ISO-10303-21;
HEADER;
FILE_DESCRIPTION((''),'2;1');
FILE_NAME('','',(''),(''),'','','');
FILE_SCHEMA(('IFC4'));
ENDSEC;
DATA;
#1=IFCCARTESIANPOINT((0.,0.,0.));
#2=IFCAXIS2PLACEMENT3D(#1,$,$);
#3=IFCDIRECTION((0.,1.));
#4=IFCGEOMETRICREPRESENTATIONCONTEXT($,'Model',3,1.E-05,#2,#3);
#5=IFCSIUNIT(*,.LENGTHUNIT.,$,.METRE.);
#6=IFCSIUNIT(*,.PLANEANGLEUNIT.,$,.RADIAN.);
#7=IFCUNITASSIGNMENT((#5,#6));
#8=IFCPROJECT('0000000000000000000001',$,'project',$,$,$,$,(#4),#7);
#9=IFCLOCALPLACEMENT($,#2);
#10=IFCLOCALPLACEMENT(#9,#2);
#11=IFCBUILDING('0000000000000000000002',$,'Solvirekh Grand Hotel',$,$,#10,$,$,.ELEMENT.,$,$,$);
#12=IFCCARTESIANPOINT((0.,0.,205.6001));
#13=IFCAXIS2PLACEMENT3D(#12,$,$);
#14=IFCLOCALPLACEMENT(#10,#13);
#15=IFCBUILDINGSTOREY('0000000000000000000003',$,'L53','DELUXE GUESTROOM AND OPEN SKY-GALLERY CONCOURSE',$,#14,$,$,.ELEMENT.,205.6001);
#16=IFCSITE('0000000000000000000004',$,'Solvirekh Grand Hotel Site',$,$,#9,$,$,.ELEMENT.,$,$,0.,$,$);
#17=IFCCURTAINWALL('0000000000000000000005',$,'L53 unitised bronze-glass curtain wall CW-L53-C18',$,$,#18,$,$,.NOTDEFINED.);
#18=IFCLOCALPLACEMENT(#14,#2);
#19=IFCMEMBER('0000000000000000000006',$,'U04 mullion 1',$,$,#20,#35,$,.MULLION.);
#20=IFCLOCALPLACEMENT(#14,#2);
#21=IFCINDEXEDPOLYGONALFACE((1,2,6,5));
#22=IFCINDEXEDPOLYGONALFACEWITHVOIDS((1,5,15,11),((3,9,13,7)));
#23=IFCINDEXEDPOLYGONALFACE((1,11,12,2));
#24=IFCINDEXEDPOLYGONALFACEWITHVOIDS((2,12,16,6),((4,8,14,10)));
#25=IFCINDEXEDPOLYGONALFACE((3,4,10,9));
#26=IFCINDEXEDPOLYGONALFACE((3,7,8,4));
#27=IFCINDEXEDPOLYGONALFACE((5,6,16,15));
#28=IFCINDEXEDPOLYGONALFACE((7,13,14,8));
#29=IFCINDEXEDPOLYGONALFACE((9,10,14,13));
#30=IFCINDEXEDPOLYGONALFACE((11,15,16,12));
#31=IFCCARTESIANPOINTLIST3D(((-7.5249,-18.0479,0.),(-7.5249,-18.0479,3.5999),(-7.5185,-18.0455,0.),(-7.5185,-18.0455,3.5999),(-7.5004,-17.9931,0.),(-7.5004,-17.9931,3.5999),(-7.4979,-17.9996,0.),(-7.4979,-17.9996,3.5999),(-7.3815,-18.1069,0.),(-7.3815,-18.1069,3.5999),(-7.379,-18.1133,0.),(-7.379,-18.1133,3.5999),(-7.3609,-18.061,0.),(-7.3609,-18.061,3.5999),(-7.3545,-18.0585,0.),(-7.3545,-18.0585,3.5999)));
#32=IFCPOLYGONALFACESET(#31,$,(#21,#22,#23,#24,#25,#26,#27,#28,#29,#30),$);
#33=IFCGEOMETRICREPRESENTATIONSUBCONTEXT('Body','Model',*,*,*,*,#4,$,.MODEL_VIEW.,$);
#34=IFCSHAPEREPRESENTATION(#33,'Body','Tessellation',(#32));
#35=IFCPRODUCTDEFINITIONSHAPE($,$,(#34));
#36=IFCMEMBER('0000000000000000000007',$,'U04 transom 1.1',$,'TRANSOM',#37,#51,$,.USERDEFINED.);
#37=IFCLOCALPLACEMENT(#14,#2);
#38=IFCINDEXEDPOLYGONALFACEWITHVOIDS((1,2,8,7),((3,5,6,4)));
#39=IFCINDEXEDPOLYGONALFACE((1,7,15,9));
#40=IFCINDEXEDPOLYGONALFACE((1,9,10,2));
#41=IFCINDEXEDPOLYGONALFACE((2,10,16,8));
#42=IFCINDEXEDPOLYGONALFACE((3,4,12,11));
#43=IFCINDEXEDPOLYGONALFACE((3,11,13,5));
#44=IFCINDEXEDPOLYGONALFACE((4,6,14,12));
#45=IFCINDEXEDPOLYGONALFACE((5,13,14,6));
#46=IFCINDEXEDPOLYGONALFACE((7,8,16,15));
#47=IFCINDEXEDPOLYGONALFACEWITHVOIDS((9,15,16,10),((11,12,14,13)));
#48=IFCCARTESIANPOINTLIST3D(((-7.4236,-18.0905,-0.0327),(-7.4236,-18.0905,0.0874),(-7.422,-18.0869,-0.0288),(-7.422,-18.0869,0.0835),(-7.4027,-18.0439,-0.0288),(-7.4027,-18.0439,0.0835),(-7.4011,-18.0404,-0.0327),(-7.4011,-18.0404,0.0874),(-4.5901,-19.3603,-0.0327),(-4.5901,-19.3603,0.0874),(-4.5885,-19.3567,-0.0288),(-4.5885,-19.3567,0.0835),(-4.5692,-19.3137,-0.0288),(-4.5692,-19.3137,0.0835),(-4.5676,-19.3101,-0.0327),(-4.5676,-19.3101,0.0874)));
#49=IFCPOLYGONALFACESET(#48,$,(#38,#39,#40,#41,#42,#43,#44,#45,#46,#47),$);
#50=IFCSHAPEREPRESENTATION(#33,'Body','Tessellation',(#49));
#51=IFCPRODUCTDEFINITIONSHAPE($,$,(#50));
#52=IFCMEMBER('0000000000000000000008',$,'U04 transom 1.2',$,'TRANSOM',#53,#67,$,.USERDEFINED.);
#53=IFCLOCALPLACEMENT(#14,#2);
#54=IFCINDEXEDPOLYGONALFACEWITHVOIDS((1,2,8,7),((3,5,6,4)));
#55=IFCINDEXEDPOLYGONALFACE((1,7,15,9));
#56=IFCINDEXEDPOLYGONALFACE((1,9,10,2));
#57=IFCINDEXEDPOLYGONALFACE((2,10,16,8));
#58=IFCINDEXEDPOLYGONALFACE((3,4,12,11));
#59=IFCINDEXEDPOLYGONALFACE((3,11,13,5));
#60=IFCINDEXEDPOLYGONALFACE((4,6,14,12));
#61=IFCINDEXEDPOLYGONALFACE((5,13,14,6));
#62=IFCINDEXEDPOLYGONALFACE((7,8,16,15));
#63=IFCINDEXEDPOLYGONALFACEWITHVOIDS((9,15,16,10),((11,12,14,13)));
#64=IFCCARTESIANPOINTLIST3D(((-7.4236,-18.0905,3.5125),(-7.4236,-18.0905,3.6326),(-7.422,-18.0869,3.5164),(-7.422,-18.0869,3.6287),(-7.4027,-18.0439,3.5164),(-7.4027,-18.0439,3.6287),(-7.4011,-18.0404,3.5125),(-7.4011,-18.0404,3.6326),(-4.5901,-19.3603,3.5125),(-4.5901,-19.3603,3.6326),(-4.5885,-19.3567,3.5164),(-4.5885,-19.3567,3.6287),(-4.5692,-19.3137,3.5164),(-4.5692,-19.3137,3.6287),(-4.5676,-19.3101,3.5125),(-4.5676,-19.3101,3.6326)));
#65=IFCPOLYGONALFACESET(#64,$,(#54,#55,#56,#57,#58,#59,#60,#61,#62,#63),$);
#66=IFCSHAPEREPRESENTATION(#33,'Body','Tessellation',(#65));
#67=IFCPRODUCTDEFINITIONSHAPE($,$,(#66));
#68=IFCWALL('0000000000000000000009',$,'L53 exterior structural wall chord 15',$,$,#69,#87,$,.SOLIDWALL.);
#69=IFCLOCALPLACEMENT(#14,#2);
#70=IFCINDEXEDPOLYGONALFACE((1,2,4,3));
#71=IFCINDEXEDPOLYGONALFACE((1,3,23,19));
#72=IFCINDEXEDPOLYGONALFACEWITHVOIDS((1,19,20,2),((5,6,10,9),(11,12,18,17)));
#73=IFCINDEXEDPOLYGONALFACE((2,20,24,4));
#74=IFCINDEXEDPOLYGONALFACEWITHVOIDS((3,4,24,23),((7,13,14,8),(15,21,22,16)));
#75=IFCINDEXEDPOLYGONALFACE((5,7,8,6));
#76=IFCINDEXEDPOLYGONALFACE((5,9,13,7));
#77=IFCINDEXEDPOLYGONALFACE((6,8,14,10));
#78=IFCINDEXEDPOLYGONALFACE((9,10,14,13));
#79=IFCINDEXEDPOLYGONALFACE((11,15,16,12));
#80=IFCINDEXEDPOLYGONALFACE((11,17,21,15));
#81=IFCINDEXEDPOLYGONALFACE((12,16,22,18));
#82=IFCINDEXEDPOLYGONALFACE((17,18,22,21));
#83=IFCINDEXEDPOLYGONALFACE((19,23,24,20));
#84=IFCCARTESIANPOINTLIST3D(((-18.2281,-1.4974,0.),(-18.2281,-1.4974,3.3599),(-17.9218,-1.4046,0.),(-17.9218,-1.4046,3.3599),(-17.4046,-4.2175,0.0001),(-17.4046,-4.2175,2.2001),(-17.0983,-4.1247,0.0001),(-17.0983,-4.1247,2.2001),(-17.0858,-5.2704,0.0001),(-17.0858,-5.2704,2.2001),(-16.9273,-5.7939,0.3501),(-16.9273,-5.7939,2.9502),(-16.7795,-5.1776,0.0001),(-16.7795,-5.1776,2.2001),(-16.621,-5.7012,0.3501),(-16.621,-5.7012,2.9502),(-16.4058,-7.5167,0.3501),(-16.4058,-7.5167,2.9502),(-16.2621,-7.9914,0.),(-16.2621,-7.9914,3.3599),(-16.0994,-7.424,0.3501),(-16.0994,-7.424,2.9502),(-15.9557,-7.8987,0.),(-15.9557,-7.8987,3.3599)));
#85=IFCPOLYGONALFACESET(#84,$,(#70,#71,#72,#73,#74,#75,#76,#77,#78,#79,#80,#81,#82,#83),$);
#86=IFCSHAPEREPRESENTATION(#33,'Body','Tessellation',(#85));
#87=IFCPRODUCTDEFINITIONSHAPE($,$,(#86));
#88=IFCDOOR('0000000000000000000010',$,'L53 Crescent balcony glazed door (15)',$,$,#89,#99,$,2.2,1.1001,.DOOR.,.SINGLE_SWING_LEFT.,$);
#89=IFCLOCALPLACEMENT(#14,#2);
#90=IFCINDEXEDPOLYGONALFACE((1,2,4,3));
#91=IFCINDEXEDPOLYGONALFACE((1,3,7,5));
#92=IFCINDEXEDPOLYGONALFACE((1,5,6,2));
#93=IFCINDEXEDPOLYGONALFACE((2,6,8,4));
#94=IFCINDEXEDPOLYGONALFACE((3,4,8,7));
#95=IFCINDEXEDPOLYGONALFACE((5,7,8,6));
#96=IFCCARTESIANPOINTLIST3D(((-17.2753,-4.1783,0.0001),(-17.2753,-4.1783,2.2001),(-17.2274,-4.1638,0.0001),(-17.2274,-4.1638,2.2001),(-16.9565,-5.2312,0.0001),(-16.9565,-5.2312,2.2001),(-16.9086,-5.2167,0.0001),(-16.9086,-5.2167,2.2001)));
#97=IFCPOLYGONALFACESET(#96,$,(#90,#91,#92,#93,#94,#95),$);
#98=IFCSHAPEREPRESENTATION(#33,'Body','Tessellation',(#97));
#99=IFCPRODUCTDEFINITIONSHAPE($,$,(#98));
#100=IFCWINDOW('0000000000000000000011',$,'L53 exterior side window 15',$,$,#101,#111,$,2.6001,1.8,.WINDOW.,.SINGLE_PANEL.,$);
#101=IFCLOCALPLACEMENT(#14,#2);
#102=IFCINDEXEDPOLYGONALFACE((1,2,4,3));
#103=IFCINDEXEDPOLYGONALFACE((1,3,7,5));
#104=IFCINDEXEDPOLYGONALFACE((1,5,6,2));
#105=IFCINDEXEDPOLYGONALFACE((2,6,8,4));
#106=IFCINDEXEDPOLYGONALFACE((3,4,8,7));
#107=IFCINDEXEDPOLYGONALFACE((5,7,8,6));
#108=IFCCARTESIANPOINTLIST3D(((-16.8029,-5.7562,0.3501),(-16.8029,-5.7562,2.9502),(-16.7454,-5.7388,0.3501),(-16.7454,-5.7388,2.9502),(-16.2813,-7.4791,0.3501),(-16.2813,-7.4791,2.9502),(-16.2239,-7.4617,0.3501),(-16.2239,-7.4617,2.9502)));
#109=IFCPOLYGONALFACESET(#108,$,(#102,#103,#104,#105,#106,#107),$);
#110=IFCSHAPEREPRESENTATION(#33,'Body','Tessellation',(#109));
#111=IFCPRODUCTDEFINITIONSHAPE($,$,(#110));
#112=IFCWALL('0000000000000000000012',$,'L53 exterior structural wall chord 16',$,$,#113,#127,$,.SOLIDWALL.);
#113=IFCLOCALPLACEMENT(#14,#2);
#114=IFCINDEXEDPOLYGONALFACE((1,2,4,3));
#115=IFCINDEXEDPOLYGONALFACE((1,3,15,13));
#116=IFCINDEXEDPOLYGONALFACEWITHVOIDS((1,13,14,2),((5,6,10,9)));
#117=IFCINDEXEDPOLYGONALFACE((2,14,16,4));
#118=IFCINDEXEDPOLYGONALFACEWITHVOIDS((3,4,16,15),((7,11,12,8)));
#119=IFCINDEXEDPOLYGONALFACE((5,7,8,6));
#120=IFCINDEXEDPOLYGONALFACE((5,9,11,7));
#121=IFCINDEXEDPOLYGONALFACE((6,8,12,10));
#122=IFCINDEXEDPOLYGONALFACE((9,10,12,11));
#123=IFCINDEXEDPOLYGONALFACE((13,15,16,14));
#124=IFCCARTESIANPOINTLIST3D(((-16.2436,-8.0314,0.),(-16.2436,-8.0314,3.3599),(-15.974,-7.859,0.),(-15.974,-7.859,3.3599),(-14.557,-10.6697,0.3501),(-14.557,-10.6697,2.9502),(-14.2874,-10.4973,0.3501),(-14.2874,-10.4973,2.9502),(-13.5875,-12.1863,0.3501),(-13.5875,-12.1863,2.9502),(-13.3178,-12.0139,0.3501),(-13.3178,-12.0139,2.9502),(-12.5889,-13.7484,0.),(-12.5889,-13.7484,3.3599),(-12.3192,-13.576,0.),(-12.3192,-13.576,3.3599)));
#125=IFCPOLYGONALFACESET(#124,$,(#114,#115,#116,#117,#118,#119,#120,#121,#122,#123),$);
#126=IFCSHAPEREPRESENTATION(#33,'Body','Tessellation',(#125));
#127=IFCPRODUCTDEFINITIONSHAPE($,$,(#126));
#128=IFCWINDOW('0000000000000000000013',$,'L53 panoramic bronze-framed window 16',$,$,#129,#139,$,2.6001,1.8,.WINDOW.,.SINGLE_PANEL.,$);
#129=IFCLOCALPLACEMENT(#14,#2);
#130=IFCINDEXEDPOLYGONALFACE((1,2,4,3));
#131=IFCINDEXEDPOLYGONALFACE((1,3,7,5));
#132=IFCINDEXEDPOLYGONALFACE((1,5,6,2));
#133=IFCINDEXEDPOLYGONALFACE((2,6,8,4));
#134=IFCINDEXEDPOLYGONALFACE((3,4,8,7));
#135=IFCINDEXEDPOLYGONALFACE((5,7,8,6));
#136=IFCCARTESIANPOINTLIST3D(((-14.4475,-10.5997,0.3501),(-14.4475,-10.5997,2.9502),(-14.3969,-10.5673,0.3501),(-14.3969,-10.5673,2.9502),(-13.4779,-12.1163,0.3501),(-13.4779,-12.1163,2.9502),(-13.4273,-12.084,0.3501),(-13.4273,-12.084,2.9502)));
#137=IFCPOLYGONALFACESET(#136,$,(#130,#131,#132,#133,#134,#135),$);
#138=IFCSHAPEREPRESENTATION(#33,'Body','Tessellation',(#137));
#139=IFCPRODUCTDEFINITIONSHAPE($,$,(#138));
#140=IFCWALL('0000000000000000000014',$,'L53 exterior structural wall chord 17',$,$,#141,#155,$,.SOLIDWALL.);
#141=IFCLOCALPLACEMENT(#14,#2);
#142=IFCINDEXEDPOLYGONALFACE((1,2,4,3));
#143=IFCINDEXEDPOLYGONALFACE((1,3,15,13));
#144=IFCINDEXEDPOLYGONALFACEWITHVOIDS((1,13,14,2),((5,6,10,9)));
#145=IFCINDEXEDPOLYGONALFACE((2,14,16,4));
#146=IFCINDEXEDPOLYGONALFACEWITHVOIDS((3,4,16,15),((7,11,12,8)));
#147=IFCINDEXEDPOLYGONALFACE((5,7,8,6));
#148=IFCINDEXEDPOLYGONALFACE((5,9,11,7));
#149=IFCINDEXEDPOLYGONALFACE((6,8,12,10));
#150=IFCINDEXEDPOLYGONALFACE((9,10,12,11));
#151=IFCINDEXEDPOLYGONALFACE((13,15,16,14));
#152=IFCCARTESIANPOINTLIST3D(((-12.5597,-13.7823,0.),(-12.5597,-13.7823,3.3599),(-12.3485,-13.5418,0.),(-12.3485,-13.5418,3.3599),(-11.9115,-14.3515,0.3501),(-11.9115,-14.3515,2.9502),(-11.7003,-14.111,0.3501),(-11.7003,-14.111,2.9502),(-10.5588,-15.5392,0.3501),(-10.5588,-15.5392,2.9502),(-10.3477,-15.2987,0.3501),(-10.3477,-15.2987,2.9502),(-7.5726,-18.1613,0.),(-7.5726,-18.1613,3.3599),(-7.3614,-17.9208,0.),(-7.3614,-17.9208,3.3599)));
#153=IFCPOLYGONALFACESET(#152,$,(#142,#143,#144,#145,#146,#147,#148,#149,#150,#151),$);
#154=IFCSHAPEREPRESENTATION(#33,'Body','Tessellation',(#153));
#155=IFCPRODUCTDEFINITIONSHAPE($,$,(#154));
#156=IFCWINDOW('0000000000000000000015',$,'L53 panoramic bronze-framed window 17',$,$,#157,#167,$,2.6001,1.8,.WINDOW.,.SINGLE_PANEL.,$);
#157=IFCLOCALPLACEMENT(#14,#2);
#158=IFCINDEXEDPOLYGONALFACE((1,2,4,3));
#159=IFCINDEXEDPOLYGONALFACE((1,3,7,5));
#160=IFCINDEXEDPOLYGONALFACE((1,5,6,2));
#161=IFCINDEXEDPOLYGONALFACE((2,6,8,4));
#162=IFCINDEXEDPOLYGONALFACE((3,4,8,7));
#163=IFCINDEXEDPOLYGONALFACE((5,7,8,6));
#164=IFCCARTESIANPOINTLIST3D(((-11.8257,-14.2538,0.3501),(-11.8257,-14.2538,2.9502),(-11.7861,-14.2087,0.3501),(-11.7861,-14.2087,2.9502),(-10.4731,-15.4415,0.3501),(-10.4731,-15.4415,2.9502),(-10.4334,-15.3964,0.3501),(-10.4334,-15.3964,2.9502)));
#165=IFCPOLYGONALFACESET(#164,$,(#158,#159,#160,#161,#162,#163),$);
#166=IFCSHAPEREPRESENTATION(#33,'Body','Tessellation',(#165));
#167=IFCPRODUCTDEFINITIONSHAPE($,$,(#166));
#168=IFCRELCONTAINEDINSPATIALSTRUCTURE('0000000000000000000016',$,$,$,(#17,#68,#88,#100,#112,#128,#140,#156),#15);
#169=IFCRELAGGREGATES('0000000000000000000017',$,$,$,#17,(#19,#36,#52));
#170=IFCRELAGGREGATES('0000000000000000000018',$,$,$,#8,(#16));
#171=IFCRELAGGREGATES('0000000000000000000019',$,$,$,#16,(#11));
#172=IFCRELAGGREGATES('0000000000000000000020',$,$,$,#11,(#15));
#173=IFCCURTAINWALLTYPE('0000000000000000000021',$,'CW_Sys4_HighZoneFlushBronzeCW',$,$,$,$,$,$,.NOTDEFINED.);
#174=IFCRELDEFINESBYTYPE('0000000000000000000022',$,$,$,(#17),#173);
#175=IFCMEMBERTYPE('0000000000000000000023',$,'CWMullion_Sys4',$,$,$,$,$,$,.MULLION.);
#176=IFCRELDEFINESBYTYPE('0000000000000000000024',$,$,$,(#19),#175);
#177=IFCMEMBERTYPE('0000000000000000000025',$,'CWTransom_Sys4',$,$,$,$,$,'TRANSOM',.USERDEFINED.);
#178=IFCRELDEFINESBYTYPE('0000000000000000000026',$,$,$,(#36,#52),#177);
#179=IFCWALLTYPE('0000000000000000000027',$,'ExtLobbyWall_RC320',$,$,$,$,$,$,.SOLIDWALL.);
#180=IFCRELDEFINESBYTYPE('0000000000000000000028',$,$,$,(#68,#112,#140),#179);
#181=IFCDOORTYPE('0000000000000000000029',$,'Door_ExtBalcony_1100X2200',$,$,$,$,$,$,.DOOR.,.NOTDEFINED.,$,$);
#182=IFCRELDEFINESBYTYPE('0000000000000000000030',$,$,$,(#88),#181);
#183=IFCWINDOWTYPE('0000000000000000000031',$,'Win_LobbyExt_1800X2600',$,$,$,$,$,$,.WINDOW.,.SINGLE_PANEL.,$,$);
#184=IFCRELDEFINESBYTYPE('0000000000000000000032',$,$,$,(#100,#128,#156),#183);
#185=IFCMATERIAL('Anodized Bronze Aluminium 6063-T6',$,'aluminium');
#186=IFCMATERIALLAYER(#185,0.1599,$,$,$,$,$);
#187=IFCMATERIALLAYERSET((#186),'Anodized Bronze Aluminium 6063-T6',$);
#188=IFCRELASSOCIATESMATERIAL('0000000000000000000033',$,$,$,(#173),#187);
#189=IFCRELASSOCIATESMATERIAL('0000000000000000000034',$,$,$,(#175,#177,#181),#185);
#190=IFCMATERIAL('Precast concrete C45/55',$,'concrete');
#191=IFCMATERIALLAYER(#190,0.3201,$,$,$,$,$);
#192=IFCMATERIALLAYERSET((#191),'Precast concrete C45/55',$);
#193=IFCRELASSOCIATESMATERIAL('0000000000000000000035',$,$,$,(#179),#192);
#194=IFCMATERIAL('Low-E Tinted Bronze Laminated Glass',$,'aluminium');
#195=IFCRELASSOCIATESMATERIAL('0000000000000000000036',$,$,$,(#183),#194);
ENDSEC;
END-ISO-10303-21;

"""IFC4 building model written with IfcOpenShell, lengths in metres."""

from ifc_helpers import new_model, si_unit, direction, frame, frame_2d, origin, origin_2d, place, context, subcontext, project, spatial, rectangle, hollow_rectangle, extrude, source, transform, mapped, material, layer, layer_set, material_profile, profile_set, type_object, element, fill, aggregate, save


model = new_model("IFC4")

# Units and contexts
model_context = context("Model", 3, precision=1e-05, world=origin(), true_north=direction((0.0, 1.0)))
body_context = subcontext(model_context, "Body", "Model", "MODEL_VIEW")
ifc_project = project(units=[si_unit("LENGTHUNIT", "METRE"), si_unit("PLANEANGLEUNIT", "RADIAN")], contexts=[model_context])

# Site, building, storey
site_placement = place(None, origin())
site = spatial("IfcSite", under=ifc_project, at=site_placement, Name="Solvirekh Grand Hotel Site", CompositionType="ELEMENT", RefElevation=0.0)
building_placement = place(site_placement, origin())
building = spatial("IfcBuilding", under=site, at=building_placement, Name="Solvirekh Grand Hotel", CompositionType="ELEMENT")
storey_placement = place(building_placement, frame((0.0, 0.0, 205.6001)))
storey = spatial("IfcBuildingStorey", under=building, at=storey_placement, Name="L53", Description="DELUXE GUESTROOM AND OPEN SKY-GALLERY CONCOURSE", CompositionType="ELEMENT", Elevation=205.6001)

# Curtain wall, members
ifc_material_1 = material(Name="Anodized Bronze Aluminium 6063-T6", Category="aluminium")
ifc_layer_1 = layer(ifc_material_1, 0.1599)
ifc_layer_set_1 = layer_set([ifc_layer_1], Name="Anodized Bronze Aluminium 6063-T6")
curtain_wall_type = type_object("IfcCurtainWallType", Name="CW_Sys4_HighZoneFlushBronzeCW", PredefinedType="NOTDEFINED", material=ifc_layer_set_1)
curtain_wall_placement = place(storey_placement, origin())
curtain_wall = element("IfcCurtainWall", 1, at=curtain_wall_placement, inside=storey, type_object=curtain_wall_type, Name="L53 unitised bronze-glass curtain wall CW-L53-C18", PredefinedType="NOTDEFINED")
ifc_material_profile_1 = material_profile(ifc_material_1, hollow_rectangle(XDim=0.0601, YDim=0.1599, WallThickness=0.0049, at=origin_2d()), Name="ALU RHS 160X60X5")
ifc_profile_set_1 = profile_set([ifc_material_profile_1], Name="Anodized Bronze Aluminium 6063-T6")
member_type_1 = type_object("IfcMemberType", Name="CWMullion_Sys4", PredefinedType="MULLION", material=ifc_profile_set_1)
shared_shape_1 = source(origin(), body_context, "Body", "SweptSolid", [
    extrude(hollow_rectangle(XDim=0.0601, YDim=0.1599, WallThickness=0.0049, at=origin_2d()), origin(), (0.0, 0.0, 1.0), 3.5999),
])
member_1_placement = place(storey_placement, frame((-7.4397, -18.0532, 0.0), z_axis=(0.0, 0.0, 1.0), x_axis=(0.408939, 0.912562, 0.0)))
member_1 = element("IfcMember", 2, at=member_1_placement, type_object=member_type_1, Name="U04 mullion 1", PredefinedType="MULLION", context=body_context, shape_type="MappedRepresentation", body=[
    mapped(shared_shape_1, transform((0.0, 0.0, 0.0), x_axis=(1.0, 0.0, 0.0), y_axis=(0.0, 1.0, 0.0), z_axis=(0.0, 0.0, 1.0), scale=1.0)),
])
ifc_material_profile_2 = material_profile(ifc_material_1, hollow_rectangle(XDim=0.0549, YDim=0.1201, WallThickness=0.0039, at=origin_2d()), Name="ALU RHS 120X55X4")
ifc_profile_set_2 = profile_set([ifc_material_profile_2], Name="Anodized Bronze Aluminium 6063-T6")
member_type_2 = type_object("IfcMemberType", Name="CWTransom_Sys4", ElementType="TRANSOM", PredefinedType="USERDEFINED", material=ifc_profile_set_2)
shared_shape_2 = source(origin(), body_context, "Body", "SweptSolid", [
    extrude(hollow_rectangle(XDim=0.0549, YDim=0.1201, WallThickness=0.0039, at=origin_2d()), origin(), (0.0, 0.0, 1.0), 3.105),
])
member_2_placement = place(storey_placement, frame((-7.4124, -18.0654, 0.0273), z_axis=(0.912559, -0.408945, 0.0), x_axis=(0.408945, 0.912559, 0.0)))
member_2 = element("IfcMember", 3, at=member_2_placement, type_object=member_type_2, Name="U04 transom 1.1", ObjectType="TRANSOM", PredefinedType="USERDEFINED", context=body_context, shape_type="MappedRepresentation", body=[
    mapped(shared_shape_2, transform((0.0, 0.0, 0.0), x_axis=(1.0, 0.0, 0.0), y_axis=(0.0, 1.0, 0.0), z_axis=(0.0, 0.0, 1.0), scale=1.0)),
])
member_3_placement = place(storey_placement, frame((-7.4124, -18.0654, 3.5725), z_axis=(0.912559, -0.408945, 0.0), x_axis=(0.408945, 0.912559, 0.0)))
member_3 = element("IfcMember", 4, at=member_3_placement, type_object=member_type_2, Name="U04 transom 1.2", ObjectType="TRANSOM", PredefinedType="USERDEFINED", context=body_context, shape_type="MappedRepresentation", body=[
    mapped(shared_shape_2, transform((0.0, 0.0, 0.0), x_axis=(1.0, 0.0, 0.0), y_axis=(0.0, 1.0, 0.0), z_axis=(0.0, 0.0, 1.0), scale=1.0)),
])
aggregate(curtain_wall, [member_1, member_2, member_3])

# Wall, openings, door, window
ifc_material_2 = material(Name="Precast concrete C45/55", Category="concrete")
ifc_layer_2 = layer(ifc_material_2, 0.3201)
ifc_layer_set_2 = layer_set([ifc_layer_2], Name="Precast concrete C45/55")
wall_type_1 = type_object("IfcWallType", Name="ExtLobbyWall_RC320", PredefinedType="SOLIDWALL", material=ifc_layer_set_2)
wall_1_placement = place(storey_placement, frame((-16.1089, -7.9451, 0.0), z_axis=(0.0, 0.0, 1.0), x_axis=(-0.289757, 0.9571, 0.0)))
wall_1 = element("IfcWall", 5, at=wall_1_placement, inside=storey, type_object=wall_type_1, Name="L53 exterior structural wall chord 15", PredefinedType="SOLIDWALL", context=body_context, shape_type="SweptSolid", body=[
    extrude(rectangle(XDim=6.7852, YDim=0.3201, at=frame_2d((3.3926, 0.0))), origin(), (0.0, 0.0, 1.0), 3.3599),
])
opening_1_placement = place(wall_1_placement, frame((0.4961, 0.0, 0.3501)))
opening_1 = element("IfcOpeningElement", 6, at=opening_1_placement, cuts=wall_1, PredefinedType="OPENING", context=body_context, shape_type="SweptSolid", body=[
    extrude(rectangle(XDim=1.8, YDim=2.6001, at=frame_2d((0.8999, 1.3))), frame((0.0, 0.1699, 0.0), z_axis=(0.0, -1.0, 0.0), x_axis=(1.0, 0.0, 0.0)), (0.0, 0.0, 1.0), 0.3401),
])
opening_2_placement = place(wall_1_placement, frame((2.843, 0.0, 0.0)))
opening_2 = element("IfcOpeningElement", 7, at=opening_2_placement, cuts=wall_1, PredefinedType="OPENING", context=body_context, shape_type="SweptSolid", body=[
    extrude(rectangle(XDim=1.1001, YDim=2.2, at=frame_2d((0.55, 1.1001))), frame((0.0, 0.1699, 0.0), z_axis=(0.0, -1.0, 0.0), x_axis=(1.0, 0.0, 0.0)), (0.0, 0.0, 1.0), 0.3401),
])
door_type_1 = type_object("IfcDoorType", Name="Door_ExtBalcony_1100X2200", OperationType="NOTDEFINED", PredefinedType="DOOR", material=ifc_material_1)
door_1_placement = place(opening_2_placement, origin())
door_1 = element("IfcDoor", 8, at=door_1_placement, inside=storey, type_object=door_type_1, Name="L53 Crescent balcony glazed door (15)", OperationType="SINGLE_SWING_LEFT", OverallHeight=2.2, OverallWidth=1.1001, PredefinedType="DOOR", context=body_context, shape_type="SweptSolid", body=[
    extrude(rectangle(XDim=1.1001, YDim=2.2, at=frame_2d((0.55, 1.1001))), frame((0.0, 0.0249, 0.0), z_axis=(0.0, -1.0, 0.0), x_axis=(1.0, 0.0, 0.0)), (0.0, 0.0, 1.0), 0.05),
])
fill(opening_2, door_1)
ifc_material_3 = material(Name="Low-E Tinted Bronze Laminated Glass", Category="aluminium")
window_type = type_object("IfcWindowType", Name="Win_LobbyExt_1800X2600", PartitioningType="SINGLE_PANEL", PredefinedType="WINDOW", material=ifc_material_3)
window_1_placement = place(opening_1_placement, origin())
window_1 = element("IfcWindow", 9, at=window_1_placement, inside=storey, type_object=window_type, Name="L53 exterior side window 15", OverallHeight=2.6001, OverallWidth=1.8, PartitioningType="SINGLE_PANEL", PredefinedType="WINDOW", context=body_context, shape_type="SweptSolid", body=[
    extrude(rectangle(XDim=1.8, YDim=2.6001, at=frame_2d((0.8999, 1.3))), frame((0.0, 0.03, 0.0), z_axis=(0.0, -1.0, 0.0), x_axis=(1.0, 0.0, 0.0)), (0.0, 0.0, 1.0), 0.0601),
])
fill(opening_1, window_1)

# Walls, openings, windows
wall_2_placement = place(storey_placement, frame((-12.4541, -13.6621, 0.0), z_axis=(0.0, 0.0, 1.0), x_axis=(-0.538623, 0.842547, 0.0)))
wall_2 = element("IfcWall", 10, at=wall_2_placement, inside=storey, type_object=wall_type_1, Name="L53 exterior structural wall chord 16", PredefinedType="SOLIDWALL", context=body_context, shape_type="SweptSolid", body=[
    extrude(rectangle(XDim=6.7854, YDim=0.3201, at=frame_2d((3.3926, 0.0))), origin(), (0.0, 0.0, 1.0), 3.3599),
])
opening_3_placement = place(wall_2_placement, frame((1.854, 0.0, 0.3501)))
opening_3 = element("IfcOpeningElement", 11, at=opening_3_placement, cuts=wall_2, PredefinedType="OPENING", context=body_context, shape_type="SweptSolid", body=[
    extrude(rectangle(XDim=1.8, YDim=2.6001, at=frame_2d((0.8999, 1.3))), frame((0.0, 0.1699, 0.0), z_axis=(0.0, -1.0, 0.0), x_axis=(1.0, 0.0, 0.0)), (0.0, 0.0, 1.0), 0.3401),
])
window_2_placement = place(opening_3_placement, origin())
window_2 = element("IfcWindow", 12, at=window_2_placement, inside=storey, type_object=window_type, Name="L53 panoramic bronze-framed window 16", OverallHeight=2.6001, OverallWidth=1.8, PartitioningType="SINGLE_PANEL", PredefinedType="WINDOW", context=body_context, shape_type="SweptSolid", body=[
    extrude(rectangle(XDim=1.8, YDim=2.6001, at=frame_2d((0.8999, 1.3))), frame((0.0, 0.03, 0.0), z_axis=(0.0, -1.0, 0.0), x_axis=(1.0, 0.0, 0.0)), (0.0, 0.0, 1.0), 0.0601),
])
fill(opening_3, window_2)
wall_3_placement = place(storey_placement, frame((-7.467, -18.041, 0.0), z_axis=(0.0, 0.0, 1.0), x_axis=(-0.751438, 0.659803, 0.0)))
wall_3 = element("IfcWall", 13, at=wall_3_placement, inside=storey, type_object=wall_type_1, Name="L53 exterior structural wall chord 17", PredefinedType="SOLIDWALL", context=body_context, shape_type="SweptSolid", body=[
    extrude(rectangle(XDim=6.6367, YDim=0.3201, at=frame_2d((3.3184, 0.0))), origin(), (0.0, 0.0, 1.0), 3.3599),
])
opening_4_placement = place(wall_3_placement, frame((3.9741, 0.0, 0.3501)))
opening_4 = element("IfcOpeningElement", 14, at=opening_4_placement, cuts=wall_3, PredefinedType="OPENING", context=body_context, shape_type="SweptSolid", body=[
    extrude(rectangle(XDim=1.8, YDim=2.6001, at=frame_2d((0.8999, 1.3))), frame((0.0, 0.1699, 0.0), z_axis=(0.0, -1.0, 0.0), x_axis=(1.0, 0.0, 0.0)), (0.0, 0.0, 1.0), 0.3401),
])
window_3_placement = place(opening_4_placement, origin())
window_3 = element("IfcWindow", 15, at=window_3_placement, inside=storey, type_object=window_type, Name="L53 panoramic bronze-framed window 17", OverallHeight=2.6001, OverallWidth=1.8, PartitioningType="SINGLE_PANEL", PredefinedType="WINDOW", context=body_context, shape_type="SweptSolid", body=[
    extrude(rectangle(XDim=1.8, YDim=2.6001, at=frame_2d((0.8999, 1.3))), frame((0.0, 0.03, 0.0), z_axis=(0.0, -1.0, 0.0), x_axis=(1.0, 0.0, 0.0)), (0.0, 0.0, 1.0), 0.0601),
])
fill(opening_4, window_3)

save(model, "model.ifc")
